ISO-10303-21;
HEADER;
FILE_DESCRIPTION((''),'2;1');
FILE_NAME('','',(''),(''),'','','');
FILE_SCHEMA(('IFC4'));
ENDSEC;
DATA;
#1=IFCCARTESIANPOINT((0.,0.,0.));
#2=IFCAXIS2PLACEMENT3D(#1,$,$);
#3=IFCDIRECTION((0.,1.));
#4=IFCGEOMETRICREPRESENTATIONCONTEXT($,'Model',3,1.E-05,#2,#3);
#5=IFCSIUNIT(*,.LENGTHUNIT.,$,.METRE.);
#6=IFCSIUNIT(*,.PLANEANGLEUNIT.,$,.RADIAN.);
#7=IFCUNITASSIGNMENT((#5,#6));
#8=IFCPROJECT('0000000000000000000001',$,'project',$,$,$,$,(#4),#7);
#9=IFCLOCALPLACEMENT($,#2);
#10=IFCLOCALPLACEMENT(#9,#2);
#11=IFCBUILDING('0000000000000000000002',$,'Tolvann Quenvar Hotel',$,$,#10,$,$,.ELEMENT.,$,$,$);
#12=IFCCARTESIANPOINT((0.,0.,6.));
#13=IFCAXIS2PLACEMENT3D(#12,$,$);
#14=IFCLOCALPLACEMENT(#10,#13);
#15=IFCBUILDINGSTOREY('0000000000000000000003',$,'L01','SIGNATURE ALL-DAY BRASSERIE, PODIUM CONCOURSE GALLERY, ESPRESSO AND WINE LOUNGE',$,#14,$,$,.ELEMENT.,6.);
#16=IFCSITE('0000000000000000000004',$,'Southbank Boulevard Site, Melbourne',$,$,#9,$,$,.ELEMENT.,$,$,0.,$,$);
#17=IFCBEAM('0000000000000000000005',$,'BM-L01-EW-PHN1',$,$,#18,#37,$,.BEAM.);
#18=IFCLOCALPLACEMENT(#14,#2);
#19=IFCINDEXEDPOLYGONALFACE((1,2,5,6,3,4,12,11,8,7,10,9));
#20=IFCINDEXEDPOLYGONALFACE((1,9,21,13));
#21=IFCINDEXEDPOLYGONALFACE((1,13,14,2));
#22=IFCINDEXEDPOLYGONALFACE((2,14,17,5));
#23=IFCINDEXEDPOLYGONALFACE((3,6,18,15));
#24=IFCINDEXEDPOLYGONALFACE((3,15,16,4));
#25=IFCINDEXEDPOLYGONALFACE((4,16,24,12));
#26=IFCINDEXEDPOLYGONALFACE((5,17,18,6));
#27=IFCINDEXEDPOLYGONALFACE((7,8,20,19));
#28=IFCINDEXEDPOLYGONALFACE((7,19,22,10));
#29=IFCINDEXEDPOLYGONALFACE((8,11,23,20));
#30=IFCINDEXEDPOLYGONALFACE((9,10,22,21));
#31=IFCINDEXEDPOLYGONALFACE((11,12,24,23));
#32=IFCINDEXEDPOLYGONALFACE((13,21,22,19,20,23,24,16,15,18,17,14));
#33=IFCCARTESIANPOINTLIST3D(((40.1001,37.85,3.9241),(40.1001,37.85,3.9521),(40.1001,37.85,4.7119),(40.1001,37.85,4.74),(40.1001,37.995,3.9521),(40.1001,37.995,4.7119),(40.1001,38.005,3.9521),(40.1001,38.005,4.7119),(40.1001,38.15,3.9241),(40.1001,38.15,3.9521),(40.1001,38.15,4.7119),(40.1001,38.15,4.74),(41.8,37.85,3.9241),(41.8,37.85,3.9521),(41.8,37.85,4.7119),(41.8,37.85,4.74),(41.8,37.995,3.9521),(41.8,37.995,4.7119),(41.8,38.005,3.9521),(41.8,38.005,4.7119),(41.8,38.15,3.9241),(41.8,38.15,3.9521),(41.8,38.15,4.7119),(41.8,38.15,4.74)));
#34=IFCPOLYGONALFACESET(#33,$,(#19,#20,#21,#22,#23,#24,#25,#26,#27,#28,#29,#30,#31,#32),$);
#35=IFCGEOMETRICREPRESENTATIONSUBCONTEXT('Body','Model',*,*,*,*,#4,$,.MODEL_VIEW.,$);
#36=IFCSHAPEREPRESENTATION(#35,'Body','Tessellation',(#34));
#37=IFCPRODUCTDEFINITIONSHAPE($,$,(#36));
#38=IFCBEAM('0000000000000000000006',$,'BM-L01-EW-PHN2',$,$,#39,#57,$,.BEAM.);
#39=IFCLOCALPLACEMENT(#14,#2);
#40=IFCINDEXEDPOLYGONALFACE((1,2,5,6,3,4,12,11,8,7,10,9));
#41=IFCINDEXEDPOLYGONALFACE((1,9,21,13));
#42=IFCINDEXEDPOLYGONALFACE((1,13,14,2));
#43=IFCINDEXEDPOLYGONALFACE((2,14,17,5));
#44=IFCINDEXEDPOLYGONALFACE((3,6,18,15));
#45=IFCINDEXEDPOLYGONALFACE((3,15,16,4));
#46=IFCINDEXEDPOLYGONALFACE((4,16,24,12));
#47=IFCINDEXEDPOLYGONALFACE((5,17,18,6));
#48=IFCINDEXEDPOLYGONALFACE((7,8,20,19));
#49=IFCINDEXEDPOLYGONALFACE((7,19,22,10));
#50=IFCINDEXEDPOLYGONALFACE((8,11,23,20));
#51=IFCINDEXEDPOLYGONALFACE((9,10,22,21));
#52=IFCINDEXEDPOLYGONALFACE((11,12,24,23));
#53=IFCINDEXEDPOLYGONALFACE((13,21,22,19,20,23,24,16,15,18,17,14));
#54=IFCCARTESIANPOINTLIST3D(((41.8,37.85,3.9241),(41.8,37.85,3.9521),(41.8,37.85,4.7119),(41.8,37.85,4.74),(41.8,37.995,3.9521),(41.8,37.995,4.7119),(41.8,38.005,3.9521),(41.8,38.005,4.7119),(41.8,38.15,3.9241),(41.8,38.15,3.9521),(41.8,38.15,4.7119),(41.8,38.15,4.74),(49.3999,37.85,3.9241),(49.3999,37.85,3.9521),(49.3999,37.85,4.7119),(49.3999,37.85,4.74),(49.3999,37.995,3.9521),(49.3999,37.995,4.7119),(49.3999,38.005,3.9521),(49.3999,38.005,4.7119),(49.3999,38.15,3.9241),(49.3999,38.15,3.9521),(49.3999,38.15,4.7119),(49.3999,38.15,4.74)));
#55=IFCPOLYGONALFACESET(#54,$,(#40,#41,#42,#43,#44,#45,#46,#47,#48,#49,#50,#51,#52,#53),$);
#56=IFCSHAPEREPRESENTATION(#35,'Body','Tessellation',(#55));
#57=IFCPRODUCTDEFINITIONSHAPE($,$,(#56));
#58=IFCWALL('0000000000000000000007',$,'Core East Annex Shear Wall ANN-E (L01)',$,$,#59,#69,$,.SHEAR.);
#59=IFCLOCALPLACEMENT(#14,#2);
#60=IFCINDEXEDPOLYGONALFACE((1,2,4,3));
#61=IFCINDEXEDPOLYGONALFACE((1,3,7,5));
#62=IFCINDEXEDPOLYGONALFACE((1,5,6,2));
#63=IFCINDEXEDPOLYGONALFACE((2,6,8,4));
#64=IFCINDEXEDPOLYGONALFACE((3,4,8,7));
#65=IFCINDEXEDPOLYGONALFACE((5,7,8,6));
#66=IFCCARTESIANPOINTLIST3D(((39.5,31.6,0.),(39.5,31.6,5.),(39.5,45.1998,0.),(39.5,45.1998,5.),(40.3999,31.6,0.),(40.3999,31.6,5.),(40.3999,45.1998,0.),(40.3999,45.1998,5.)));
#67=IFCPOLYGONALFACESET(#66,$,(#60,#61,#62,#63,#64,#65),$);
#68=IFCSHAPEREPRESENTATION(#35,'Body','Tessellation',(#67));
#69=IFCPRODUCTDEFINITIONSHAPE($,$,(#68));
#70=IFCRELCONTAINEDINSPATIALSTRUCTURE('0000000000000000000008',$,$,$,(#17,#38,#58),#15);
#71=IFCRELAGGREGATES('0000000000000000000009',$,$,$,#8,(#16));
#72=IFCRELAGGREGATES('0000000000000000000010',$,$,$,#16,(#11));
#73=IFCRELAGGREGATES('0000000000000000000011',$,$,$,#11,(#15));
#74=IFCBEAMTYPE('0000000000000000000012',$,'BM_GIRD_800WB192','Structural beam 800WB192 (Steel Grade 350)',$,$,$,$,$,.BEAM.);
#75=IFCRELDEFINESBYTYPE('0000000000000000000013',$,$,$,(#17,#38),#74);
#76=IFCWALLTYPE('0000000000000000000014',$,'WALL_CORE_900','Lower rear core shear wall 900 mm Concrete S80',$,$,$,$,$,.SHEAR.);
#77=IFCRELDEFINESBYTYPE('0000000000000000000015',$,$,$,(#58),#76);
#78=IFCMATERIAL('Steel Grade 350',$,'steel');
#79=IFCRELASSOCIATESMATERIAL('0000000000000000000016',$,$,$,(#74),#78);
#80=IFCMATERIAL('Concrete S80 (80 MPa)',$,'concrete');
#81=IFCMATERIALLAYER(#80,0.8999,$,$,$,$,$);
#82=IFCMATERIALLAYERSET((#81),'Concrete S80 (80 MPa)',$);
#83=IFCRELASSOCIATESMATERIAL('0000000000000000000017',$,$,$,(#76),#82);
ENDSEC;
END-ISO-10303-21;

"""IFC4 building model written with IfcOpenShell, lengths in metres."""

from ifc_helpers import new_model, si_unit, direction, frame, frame_2d, origin, origin_2d, place, context, subcontext, project, spatial, rectangle, i_section, extrude, source, transform, mapped, material, layer, layer_set, material_profile, profile_set, type_object, element, save


model = new_model("IFC4")

# Units and contexts
model_context = context("Model", 3, precision=1e-05, world=origin(), true_north=direction((0.0, 1.0)))
body_context = subcontext(model_context, "Body", "Model", "MODEL_VIEW")
ifc_project = project(units=[si_unit("LENGTHUNIT", "METRE"), si_unit("PLANEANGLEUNIT", "RADIAN")], contexts=[model_context])

# Site, building, storey
site_placement = place(None, origin())
site = spatial("IfcSite", under=ifc_project, at=site_placement, Name="Southbank Boulevard Site, Melbourne", CompositionType="ELEMENT", RefElevation=0.0)
building_placement = place(site_placement, origin())
building = spatial("IfcBuilding", under=site, at=building_placement, Name="Tolvann Quenvar Hotel", CompositionType="ELEMENT")
storey_placement = place(building_placement, frame((0.0, 0.0, 6.0)))
storey = spatial("IfcBuildingStorey", under=building, at=storey_placement, Name="L01", Description="SIGNATURE ALL-DAY BRASSERIE, PODIUM CONCOURSE GALLERY, ESPRESSO AND WINE LOUNGE", CompositionType="ELEMENT", Elevation=6.0)

# Beams
ifc_material_1 = material(Name="Steel Grade 350", Category="steel")
ifc_material_profile_1 = material_profile(ifc_material_1, i_section(OverallWidth=0.3, OverallDepth=0.8159, WebThickness=0.01, FlangeThickness=0.0281, at=origin_2d()), Name="800WB192")
ifc_profile_set_1 = profile_set([ifc_material_profile_1], Name="Steel Grade 350")
beam_type_1 = type_object("IfcBeamType", Name="BM_GIRD_800WB192", Description="Structural beam 800WB192 (Steel Grade 350)", PredefinedType="BEAM", material=ifc_profile_set_1)
shared_shape_1 = source(origin(), body_context, "Body", "SweptSolid", [
    extrude(i_section(OverallWidth=0.3, OverallDepth=0.8159, WebThickness=0.01, FlangeThickness=0.0281, at=origin_2d()), origin(), (0.0, 0.0, 1.0), 1.7),
])
beam_1_placement = place(storey_placement, frame((40.1001, 38.0, 4.332), z_axis=(1.0, 0.0, 0.0), x_axis=(0.0, 1.0, 0.0)))
element("IfcBeam", 1, at=beam_1_placement, inside=storey, type_object=beam_type_1, Name="BM-L01-EW-PHN1", PredefinedType="BEAM", context=body_context, shape_type="MappedRepresentation", body=[
    mapped(shared_shape_1, transform((0.0, 0.0, 0.0), x_axis=(1.0, 0.0, 0.0), y_axis=(0.0, 1.0, 0.0), z_axis=(0.0, 0.0, 1.0), scale=1.0)),
])
shared_shape_2 = source(origin(), body_context, "Body", "SweptSolid", [
    extrude(i_section(OverallWidth=0.3, OverallDepth=0.8159, WebThickness=0.01, FlangeThickness=0.0281, at=origin_2d()), origin(), (0.0, 0.0, 1.0), 7.5999),
])
beam_2_placement = place(storey_placement, frame((41.8, 38.0, 4.332), z_axis=(1.0, 0.0, 0.0), x_axis=(0.0, 1.0, 0.0)))
element("IfcBeam", 2, at=beam_2_placement, inside=storey, type_object=beam_type_1, Name="BM-L01-EW-PHN2", PredefinedType="BEAM", context=body_context, shape_type="MappedRepresentation", body=[
    mapped(shared_shape_2, transform((0.0, 0.0, 0.0), x_axis=(1.0, 0.0, 0.0), y_axis=(0.0, 1.0, 0.0), z_axis=(0.0, 0.0, 1.0), scale=1.0)),
])

# Wall
ifc_material_2 = material(Name="Concrete S80 (80 MPa)", Category="concrete")
ifc_layer = layer(ifc_material_2, 0.8999)
ifc_layer_set = layer_set([ifc_layer], Name="Concrete S80 (80 MPa)")
wall_type = type_object("IfcWallType", Name="WALL_CORE_900", Description="Lower rear core shear wall 900 mm Concrete S80", PredefinedType="SHEAR", material=ifc_layer_set)
wall_placement = place(storey_placement, frame((39.95, 31.6001, 0.0), z_axis=(0.0, 0.0, 1.0), x_axis=(0.0, 1.0, 0.0)))
element("IfcWall", 3, at=wall_placement, inside=storey, type_object=wall_type, Name="Core East Annex Shear Wall ANN-E (L01)", PredefinedType="SHEAR", context=body_context, shape_type="SweptSolid", body=[
    extrude(rectangle(XDim=13.5999, YDim=0.8999, at=frame_2d((6.7998, 0.0))), origin(), (0.0, 0.0, 1.0), 5.0),
])

save(model, "model.ifc")
